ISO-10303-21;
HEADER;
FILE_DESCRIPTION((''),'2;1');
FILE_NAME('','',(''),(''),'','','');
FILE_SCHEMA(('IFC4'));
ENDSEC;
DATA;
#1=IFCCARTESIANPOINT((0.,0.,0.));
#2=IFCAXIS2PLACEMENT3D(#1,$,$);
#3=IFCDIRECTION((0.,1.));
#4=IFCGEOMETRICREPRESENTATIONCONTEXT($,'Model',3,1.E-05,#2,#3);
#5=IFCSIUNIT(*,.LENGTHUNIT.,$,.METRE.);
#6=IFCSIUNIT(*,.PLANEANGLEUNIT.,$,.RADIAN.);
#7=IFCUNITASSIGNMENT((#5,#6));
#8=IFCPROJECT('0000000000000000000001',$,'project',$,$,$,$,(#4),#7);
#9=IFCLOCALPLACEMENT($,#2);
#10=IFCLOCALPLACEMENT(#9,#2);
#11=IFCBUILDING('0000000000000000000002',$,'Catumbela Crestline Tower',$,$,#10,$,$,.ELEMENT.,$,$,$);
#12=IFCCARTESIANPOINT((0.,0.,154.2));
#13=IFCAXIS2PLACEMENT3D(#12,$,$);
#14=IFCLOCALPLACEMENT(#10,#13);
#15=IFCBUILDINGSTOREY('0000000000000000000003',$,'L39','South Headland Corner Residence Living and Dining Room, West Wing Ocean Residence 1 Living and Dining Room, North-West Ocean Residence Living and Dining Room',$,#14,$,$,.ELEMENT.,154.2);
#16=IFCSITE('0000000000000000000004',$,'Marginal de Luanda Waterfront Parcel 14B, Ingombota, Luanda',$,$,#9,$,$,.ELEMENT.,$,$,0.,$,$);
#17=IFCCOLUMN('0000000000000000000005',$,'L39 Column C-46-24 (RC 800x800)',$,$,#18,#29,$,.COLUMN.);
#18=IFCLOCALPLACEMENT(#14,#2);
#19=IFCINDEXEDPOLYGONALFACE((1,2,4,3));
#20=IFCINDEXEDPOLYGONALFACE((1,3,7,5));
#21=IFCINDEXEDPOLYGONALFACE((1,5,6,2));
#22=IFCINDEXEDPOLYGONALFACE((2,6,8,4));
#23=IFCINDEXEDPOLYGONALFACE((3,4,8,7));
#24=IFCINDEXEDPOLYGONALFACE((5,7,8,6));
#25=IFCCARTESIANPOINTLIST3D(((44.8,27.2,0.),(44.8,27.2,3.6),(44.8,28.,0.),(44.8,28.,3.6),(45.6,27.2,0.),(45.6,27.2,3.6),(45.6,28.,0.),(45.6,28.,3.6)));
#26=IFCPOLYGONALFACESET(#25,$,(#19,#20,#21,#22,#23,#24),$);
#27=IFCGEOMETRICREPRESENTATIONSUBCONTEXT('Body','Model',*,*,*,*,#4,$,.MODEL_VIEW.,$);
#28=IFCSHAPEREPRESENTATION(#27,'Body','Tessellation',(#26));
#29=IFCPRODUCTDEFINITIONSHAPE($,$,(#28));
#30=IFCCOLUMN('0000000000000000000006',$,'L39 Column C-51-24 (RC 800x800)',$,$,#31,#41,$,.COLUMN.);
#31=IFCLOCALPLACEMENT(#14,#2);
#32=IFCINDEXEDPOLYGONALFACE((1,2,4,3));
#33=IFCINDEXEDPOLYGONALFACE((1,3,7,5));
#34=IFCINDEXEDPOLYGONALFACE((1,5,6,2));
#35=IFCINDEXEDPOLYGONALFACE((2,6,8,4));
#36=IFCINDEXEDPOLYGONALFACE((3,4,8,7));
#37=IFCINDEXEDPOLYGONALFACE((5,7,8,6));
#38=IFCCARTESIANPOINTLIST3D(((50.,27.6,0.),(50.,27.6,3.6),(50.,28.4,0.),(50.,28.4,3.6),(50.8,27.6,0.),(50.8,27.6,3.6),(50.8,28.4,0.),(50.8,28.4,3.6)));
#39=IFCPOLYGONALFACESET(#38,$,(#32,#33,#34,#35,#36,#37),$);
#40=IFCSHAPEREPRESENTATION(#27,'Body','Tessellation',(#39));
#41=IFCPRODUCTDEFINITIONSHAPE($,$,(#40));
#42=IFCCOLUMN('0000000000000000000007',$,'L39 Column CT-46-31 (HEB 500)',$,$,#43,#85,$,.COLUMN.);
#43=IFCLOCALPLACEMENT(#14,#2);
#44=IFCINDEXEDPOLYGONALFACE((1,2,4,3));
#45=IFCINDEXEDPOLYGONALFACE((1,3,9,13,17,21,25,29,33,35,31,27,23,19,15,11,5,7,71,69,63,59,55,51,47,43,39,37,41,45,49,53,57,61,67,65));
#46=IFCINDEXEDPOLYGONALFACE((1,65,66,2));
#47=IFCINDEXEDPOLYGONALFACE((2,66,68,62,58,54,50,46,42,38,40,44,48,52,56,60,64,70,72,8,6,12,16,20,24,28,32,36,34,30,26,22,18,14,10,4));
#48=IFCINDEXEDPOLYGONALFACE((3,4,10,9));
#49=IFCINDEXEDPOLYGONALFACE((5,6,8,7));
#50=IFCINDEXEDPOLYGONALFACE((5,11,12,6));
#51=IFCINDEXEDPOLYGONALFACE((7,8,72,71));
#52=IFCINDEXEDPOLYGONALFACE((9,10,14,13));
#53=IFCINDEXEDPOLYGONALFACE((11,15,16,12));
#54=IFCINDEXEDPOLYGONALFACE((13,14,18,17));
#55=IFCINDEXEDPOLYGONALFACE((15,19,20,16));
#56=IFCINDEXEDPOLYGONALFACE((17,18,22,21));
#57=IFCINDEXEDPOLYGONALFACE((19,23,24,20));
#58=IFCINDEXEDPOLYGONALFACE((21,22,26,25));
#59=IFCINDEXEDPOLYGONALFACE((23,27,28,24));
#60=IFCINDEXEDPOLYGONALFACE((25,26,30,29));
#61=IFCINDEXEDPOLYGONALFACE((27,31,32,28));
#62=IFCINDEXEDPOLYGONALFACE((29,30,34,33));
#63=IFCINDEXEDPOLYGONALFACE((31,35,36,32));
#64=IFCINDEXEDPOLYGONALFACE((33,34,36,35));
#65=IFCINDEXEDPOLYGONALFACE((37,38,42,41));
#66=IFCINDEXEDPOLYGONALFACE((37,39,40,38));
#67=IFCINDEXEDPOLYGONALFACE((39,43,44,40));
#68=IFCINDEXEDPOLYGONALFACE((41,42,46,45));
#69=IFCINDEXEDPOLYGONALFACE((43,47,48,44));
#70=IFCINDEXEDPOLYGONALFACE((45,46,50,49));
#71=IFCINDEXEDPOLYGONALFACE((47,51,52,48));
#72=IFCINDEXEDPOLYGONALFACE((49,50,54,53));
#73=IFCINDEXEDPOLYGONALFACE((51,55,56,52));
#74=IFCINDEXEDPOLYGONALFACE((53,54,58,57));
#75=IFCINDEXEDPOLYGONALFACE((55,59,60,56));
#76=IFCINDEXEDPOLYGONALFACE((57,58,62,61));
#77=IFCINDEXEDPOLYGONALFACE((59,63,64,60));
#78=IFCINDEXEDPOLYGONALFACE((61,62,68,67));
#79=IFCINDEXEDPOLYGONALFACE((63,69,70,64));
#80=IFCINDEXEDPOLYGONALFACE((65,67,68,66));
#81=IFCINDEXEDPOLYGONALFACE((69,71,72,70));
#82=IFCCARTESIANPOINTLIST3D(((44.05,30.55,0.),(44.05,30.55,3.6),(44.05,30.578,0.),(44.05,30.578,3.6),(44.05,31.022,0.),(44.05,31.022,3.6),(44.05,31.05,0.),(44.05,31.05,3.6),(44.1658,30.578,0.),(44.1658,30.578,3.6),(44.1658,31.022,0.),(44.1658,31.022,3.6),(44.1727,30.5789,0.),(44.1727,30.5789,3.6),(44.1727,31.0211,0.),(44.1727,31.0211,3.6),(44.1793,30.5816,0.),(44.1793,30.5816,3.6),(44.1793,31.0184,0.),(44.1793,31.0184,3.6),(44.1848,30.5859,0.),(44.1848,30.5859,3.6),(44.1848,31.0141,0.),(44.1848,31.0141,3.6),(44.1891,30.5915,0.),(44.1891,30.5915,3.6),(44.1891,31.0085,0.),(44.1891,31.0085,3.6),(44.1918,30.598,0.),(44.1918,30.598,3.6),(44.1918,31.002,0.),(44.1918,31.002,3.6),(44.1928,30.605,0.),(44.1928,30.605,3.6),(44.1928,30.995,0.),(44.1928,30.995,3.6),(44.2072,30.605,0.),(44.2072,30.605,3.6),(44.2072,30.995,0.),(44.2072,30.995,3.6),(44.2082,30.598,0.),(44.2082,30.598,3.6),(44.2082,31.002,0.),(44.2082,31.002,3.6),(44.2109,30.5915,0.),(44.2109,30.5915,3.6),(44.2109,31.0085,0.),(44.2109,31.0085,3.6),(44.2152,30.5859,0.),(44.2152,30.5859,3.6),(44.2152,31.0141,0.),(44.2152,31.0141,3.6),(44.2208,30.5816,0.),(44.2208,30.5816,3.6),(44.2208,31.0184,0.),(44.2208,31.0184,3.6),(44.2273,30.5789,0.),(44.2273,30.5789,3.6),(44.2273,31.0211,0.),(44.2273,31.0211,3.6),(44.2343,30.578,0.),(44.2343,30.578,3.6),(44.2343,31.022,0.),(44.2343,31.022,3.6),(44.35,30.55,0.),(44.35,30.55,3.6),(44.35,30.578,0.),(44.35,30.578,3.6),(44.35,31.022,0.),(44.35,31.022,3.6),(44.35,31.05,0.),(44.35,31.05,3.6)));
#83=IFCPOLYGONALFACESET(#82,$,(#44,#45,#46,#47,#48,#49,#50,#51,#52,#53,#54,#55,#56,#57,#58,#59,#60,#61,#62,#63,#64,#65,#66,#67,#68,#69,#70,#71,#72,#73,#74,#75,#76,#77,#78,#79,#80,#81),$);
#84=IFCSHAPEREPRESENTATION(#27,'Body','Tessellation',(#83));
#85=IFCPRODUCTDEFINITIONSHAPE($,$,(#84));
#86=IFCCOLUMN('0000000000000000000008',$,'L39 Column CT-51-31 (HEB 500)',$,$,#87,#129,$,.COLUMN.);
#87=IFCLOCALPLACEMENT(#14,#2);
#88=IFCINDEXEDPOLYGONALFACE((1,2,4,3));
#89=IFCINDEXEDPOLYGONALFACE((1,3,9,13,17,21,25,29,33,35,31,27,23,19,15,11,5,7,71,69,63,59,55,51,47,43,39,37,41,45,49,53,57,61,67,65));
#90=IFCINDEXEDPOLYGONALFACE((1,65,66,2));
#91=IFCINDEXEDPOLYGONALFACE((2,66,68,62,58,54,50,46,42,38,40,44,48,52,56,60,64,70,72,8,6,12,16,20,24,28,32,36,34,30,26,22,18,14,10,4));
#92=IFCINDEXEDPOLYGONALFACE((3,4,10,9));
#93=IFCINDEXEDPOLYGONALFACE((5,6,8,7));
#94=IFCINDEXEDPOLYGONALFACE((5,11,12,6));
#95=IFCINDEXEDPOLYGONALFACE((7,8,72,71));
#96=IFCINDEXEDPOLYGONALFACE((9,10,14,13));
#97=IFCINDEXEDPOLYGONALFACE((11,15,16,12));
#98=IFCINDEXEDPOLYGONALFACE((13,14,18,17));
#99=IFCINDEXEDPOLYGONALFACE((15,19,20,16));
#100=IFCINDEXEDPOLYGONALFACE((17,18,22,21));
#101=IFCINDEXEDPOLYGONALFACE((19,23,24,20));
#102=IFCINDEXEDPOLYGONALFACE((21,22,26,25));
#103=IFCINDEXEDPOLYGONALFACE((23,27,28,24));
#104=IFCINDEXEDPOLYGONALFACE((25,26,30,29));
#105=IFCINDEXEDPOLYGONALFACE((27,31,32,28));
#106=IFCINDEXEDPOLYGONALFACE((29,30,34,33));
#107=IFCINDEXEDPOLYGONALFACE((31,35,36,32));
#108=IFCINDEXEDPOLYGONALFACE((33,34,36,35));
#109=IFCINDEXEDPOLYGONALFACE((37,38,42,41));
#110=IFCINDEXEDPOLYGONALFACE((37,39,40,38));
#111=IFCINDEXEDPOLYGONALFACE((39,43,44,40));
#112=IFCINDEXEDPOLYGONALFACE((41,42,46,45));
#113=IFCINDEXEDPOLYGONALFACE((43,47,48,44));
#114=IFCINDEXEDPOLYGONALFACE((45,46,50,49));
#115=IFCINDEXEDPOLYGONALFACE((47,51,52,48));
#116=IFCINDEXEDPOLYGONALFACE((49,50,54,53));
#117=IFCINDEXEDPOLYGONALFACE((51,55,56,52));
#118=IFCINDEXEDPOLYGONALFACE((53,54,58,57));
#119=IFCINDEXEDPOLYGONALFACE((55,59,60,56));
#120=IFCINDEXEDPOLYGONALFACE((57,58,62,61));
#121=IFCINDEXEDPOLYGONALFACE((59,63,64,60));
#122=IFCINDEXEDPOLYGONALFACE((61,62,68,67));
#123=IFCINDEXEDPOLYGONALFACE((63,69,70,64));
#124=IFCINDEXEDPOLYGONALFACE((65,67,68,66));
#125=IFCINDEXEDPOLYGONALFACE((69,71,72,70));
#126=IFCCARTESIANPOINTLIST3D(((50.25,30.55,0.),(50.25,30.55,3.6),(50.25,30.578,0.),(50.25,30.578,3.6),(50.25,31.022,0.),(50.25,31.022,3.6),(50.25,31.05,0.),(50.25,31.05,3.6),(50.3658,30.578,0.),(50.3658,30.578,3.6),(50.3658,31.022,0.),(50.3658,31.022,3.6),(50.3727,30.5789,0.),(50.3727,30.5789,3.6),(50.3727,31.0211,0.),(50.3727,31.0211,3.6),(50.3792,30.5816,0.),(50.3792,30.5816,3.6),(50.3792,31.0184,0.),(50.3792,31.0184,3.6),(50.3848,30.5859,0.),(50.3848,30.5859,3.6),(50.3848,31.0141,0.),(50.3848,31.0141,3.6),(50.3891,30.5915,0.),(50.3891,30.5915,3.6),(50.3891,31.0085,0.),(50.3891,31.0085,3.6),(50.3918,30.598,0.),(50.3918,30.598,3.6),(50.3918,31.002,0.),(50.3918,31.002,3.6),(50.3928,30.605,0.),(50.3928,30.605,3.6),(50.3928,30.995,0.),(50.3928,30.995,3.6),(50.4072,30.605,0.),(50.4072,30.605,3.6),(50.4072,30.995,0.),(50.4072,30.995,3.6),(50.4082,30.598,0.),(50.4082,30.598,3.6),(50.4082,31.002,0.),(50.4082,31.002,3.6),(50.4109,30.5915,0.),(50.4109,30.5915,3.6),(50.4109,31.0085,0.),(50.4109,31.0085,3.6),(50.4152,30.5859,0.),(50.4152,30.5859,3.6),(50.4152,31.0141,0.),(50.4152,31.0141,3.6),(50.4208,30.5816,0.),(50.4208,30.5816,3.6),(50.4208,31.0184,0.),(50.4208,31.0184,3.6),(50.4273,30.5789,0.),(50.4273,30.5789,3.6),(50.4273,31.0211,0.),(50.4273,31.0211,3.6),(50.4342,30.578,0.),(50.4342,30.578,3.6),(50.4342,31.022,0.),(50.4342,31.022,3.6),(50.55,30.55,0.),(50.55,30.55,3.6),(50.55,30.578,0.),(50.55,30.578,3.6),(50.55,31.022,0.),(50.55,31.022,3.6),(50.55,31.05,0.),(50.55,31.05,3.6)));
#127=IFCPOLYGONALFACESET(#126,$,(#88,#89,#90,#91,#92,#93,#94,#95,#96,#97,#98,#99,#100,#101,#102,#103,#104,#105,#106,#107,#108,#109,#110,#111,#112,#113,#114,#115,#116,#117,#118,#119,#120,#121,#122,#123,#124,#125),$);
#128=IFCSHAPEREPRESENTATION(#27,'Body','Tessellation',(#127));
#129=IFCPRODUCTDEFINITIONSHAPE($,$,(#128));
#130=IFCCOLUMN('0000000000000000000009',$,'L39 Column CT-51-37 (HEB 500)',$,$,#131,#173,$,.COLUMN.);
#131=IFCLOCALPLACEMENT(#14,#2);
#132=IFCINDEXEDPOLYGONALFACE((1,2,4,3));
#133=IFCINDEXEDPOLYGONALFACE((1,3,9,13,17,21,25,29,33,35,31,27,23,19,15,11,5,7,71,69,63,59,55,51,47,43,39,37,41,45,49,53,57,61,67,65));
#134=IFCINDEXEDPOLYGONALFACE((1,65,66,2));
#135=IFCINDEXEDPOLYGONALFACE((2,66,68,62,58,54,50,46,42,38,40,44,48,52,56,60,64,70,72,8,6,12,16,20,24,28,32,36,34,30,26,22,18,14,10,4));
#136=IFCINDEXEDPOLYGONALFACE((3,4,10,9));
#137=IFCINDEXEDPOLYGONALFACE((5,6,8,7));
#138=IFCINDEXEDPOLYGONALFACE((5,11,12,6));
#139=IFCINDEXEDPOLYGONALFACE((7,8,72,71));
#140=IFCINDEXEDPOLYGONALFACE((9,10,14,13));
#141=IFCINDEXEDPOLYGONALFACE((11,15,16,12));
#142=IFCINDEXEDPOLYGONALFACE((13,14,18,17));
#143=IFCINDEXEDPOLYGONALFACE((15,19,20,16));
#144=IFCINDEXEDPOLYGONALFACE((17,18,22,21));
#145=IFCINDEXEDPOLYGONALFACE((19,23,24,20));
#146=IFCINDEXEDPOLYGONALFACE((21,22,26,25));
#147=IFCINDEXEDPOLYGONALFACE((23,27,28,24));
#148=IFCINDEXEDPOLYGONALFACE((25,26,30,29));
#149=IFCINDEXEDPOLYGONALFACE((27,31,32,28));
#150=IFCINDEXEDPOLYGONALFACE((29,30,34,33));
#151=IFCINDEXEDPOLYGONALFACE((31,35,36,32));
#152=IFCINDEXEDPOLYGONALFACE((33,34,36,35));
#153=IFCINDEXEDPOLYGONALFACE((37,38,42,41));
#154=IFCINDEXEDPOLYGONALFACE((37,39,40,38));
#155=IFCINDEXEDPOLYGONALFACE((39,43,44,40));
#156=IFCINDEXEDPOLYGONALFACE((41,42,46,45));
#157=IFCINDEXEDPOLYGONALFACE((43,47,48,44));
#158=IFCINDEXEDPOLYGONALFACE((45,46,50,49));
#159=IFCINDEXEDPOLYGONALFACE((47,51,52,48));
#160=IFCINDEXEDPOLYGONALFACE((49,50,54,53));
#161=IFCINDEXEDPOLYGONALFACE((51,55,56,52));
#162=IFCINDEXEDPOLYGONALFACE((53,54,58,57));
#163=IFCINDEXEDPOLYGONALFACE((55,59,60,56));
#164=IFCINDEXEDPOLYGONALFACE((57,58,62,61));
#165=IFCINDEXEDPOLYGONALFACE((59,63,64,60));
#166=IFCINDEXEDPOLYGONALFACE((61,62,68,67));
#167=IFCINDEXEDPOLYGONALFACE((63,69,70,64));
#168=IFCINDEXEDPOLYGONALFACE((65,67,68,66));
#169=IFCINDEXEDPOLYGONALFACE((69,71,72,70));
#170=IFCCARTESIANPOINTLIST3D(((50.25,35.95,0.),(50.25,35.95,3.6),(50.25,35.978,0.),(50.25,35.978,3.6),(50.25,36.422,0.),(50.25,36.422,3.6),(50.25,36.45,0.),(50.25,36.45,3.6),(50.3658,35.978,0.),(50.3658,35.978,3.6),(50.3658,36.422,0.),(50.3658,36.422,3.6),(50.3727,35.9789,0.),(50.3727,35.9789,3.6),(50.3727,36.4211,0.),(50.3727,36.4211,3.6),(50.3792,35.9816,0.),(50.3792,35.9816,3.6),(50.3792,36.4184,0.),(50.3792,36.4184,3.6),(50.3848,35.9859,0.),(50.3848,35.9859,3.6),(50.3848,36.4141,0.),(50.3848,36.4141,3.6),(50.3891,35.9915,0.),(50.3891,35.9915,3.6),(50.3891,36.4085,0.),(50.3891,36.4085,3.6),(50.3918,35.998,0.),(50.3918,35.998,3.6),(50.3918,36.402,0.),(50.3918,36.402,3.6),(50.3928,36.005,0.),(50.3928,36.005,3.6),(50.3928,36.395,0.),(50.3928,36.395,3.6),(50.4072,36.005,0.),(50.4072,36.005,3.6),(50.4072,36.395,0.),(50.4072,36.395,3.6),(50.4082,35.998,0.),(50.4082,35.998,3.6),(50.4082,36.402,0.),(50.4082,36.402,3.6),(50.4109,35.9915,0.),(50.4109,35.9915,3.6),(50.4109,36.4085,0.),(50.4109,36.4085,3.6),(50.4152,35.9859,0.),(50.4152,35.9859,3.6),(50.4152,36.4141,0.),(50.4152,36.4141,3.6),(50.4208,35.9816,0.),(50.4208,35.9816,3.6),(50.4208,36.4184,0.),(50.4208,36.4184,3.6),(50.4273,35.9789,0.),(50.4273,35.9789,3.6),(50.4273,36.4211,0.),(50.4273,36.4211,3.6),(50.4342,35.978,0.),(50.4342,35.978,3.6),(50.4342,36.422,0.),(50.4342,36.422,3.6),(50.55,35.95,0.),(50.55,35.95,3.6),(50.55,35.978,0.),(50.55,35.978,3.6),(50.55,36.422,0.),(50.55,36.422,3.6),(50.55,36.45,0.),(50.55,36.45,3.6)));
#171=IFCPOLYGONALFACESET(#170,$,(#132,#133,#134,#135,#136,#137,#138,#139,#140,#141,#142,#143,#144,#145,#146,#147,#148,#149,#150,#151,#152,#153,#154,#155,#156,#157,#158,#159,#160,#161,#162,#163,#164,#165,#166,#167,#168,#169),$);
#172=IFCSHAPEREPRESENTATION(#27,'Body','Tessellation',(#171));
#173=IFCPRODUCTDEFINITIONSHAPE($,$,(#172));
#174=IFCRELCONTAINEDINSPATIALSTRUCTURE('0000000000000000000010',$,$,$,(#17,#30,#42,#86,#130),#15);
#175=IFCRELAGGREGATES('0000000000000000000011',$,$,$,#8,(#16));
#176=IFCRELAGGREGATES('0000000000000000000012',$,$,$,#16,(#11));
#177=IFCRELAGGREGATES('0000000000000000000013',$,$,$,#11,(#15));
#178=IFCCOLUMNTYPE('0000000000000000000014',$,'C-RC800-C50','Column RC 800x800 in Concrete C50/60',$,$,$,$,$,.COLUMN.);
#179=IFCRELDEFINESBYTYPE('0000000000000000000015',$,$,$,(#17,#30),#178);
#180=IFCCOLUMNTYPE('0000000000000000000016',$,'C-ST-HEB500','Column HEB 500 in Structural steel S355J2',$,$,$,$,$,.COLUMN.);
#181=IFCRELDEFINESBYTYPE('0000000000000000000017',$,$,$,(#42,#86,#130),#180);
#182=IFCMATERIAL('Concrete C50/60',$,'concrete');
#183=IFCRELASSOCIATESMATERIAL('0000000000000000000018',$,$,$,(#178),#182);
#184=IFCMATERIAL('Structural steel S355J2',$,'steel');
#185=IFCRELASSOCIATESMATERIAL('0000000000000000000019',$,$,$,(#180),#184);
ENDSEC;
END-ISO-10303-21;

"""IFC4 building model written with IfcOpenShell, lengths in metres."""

from ifc_helpers import new_model, si_unit, direction, frame, origin, origin_2d, place, context, subcontext, project, spatial, rectangle, i_section, extrude, material, material_profile, profile_set, type_object, element, save


model = new_model("IFC4")

# Units and contexts
model_context = context("Model", 3, precision=1e-05, world=origin(), true_north=direction((0.0, 1.0)))
body_context = subcontext(model_context, "Body", "Model", "MODEL_VIEW")
ifc_project = project(units=[si_unit("LENGTHUNIT", "METRE"), si_unit("PLANEANGLEUNIT", "RADIAN")], contexts=[model_context])

# Site, building, storey
site_placement = place(None, origin())
site = spatial("IfcSite", under=ifc_project, at=site_placement, Name="Marginal de Luanda Waterfront Parcel 14B, Ingombota, Luanda", CompositionType="ELEMENT", RefElevation=0.0)
building_placement = place(site_placement, origin())
building = spatial("IfcBuilding", under=site, at=building_placement, Name="Catumbela Crestline Tower", CompositionType="ELEMENT")
storey_placement = place(building_placement, frame((0.0, 0.0, 154.2)))
storey = spatial("IfcBuildingStorey", under=building, at=storey_placement, Name="L39", Description="South Headland Corner Residence Living and Dining Room, West Wing Ocean Residence 1 Living and Dining Room, North-West Ocean Residence Living and Dining Room", CompositionType="ELEMENT", Elevation=154.2)

# Columns
ifc_material_1 = material(Name="Concrete C50/60", Category="concrete")
ifc_material_profile_1 = material_profile(ifc_material_1, rectangle(XDim=0.8, YDim=0.8, at=origin_2d()), Name="RC 800x800")
ifc_profile_set_1 = profile_set([ifc_material_profile_1], Name="Concrete C50/60")
column_type_1 = type_object("IfcColumnType", Name="C-RC800-C50", Description="Column RC 800x800 in Concrete C50/60", PredefinedType="COLUMN", material=ifc_profile_set_1)
for number, where, z_axis, x_axis, name in (
    (1, (45.2, 27.6, 0.0), (0.0, 0.0, 1.0), (1.0, 0.0, 0.0), "L39 Column C-46-24 (RC 800x800)"),
    (2, (50.4, 28.0, 0.0), (0.0, 0.0, 1.0), (1.0, 0.0, 0.0), "L39 Column C-51-24 (RC 800x800)"),
):
    element("IfcColumn", number, at=place(storey_placement, frame(where, z_axis=z_axis, x_axis=x_axis)), inside=storey, type_object=column_type_1, Name=name, PredefinedType="COLUMN", context=body_context, shape_type="SweptSolid", body=[
        extrude(rectangle(XDim=0.8, YDim=0.8, at=origin_2d()), origin(), (0.0, 0.0, 1.0), 3.6),
    ])
ifc_material_2 = material(Name="Structural steel S355J2", Category="steel")
ifc_material_profile_2 = material_profile(ifc_material_2, i_section(OverallWidth=0.3, OverallDepth=0.5, WebThickness=0.0145, FlangeThickness=0.028, FilletRadius=0.027, at=origin_2d()), Name="HEB 500")
ifc_profile_set_2 = profile_set([ifc_material_profile_2], Name="Structural steel S355J2")
column_type_2 = type_object("IfcColumnType", Name="C-ST-HEB500", Description="Column HEB 500 in Structural steel S355J2", PredefinedType="COLUMN", material=ifc_profile_set_2)
for number, where, z_axis, x_axis, name in (
    (3, (44.2, 30.8, 0.0), (0.0, 0.0, 1.0), (1.0, 0.0, 0.0), "L39 Column CT-46-31 (HEB 500)"),
    (4, (50.4, 30.8, 0.0), (0.0, 0.0, 1.0), (1.0, 0.0, 0.0), "L39 Column CT-51-31 (HEB 500)"),
    (5, (50.4, 36.2, 0.0), (0.0, 0.0, 1.0), (1.0, 0.0, 0.0), "L39 Column CT-51-37 (HEB 500)"),
):
    element("IfcColumn", number, at=place(storey_placement, frame(where, z_axis=z_axis, x_axis=x_axis)), inside=storey, type_object=column_type_2, Name=name, PredefinedType="COLUMN", context=body_context, shape_type="SweptSolid", body=[
        extrude(i_section(OverallWidth=0.3, OverallDepth=0.5, WebThickness=0.0145, FlangeThickness=0.028, FilletRadius=0.027, at=origin_2d()), origin(), (0.0, 0.0, 1.0), 3.6),
    ])

save(model, "model.ifc")
